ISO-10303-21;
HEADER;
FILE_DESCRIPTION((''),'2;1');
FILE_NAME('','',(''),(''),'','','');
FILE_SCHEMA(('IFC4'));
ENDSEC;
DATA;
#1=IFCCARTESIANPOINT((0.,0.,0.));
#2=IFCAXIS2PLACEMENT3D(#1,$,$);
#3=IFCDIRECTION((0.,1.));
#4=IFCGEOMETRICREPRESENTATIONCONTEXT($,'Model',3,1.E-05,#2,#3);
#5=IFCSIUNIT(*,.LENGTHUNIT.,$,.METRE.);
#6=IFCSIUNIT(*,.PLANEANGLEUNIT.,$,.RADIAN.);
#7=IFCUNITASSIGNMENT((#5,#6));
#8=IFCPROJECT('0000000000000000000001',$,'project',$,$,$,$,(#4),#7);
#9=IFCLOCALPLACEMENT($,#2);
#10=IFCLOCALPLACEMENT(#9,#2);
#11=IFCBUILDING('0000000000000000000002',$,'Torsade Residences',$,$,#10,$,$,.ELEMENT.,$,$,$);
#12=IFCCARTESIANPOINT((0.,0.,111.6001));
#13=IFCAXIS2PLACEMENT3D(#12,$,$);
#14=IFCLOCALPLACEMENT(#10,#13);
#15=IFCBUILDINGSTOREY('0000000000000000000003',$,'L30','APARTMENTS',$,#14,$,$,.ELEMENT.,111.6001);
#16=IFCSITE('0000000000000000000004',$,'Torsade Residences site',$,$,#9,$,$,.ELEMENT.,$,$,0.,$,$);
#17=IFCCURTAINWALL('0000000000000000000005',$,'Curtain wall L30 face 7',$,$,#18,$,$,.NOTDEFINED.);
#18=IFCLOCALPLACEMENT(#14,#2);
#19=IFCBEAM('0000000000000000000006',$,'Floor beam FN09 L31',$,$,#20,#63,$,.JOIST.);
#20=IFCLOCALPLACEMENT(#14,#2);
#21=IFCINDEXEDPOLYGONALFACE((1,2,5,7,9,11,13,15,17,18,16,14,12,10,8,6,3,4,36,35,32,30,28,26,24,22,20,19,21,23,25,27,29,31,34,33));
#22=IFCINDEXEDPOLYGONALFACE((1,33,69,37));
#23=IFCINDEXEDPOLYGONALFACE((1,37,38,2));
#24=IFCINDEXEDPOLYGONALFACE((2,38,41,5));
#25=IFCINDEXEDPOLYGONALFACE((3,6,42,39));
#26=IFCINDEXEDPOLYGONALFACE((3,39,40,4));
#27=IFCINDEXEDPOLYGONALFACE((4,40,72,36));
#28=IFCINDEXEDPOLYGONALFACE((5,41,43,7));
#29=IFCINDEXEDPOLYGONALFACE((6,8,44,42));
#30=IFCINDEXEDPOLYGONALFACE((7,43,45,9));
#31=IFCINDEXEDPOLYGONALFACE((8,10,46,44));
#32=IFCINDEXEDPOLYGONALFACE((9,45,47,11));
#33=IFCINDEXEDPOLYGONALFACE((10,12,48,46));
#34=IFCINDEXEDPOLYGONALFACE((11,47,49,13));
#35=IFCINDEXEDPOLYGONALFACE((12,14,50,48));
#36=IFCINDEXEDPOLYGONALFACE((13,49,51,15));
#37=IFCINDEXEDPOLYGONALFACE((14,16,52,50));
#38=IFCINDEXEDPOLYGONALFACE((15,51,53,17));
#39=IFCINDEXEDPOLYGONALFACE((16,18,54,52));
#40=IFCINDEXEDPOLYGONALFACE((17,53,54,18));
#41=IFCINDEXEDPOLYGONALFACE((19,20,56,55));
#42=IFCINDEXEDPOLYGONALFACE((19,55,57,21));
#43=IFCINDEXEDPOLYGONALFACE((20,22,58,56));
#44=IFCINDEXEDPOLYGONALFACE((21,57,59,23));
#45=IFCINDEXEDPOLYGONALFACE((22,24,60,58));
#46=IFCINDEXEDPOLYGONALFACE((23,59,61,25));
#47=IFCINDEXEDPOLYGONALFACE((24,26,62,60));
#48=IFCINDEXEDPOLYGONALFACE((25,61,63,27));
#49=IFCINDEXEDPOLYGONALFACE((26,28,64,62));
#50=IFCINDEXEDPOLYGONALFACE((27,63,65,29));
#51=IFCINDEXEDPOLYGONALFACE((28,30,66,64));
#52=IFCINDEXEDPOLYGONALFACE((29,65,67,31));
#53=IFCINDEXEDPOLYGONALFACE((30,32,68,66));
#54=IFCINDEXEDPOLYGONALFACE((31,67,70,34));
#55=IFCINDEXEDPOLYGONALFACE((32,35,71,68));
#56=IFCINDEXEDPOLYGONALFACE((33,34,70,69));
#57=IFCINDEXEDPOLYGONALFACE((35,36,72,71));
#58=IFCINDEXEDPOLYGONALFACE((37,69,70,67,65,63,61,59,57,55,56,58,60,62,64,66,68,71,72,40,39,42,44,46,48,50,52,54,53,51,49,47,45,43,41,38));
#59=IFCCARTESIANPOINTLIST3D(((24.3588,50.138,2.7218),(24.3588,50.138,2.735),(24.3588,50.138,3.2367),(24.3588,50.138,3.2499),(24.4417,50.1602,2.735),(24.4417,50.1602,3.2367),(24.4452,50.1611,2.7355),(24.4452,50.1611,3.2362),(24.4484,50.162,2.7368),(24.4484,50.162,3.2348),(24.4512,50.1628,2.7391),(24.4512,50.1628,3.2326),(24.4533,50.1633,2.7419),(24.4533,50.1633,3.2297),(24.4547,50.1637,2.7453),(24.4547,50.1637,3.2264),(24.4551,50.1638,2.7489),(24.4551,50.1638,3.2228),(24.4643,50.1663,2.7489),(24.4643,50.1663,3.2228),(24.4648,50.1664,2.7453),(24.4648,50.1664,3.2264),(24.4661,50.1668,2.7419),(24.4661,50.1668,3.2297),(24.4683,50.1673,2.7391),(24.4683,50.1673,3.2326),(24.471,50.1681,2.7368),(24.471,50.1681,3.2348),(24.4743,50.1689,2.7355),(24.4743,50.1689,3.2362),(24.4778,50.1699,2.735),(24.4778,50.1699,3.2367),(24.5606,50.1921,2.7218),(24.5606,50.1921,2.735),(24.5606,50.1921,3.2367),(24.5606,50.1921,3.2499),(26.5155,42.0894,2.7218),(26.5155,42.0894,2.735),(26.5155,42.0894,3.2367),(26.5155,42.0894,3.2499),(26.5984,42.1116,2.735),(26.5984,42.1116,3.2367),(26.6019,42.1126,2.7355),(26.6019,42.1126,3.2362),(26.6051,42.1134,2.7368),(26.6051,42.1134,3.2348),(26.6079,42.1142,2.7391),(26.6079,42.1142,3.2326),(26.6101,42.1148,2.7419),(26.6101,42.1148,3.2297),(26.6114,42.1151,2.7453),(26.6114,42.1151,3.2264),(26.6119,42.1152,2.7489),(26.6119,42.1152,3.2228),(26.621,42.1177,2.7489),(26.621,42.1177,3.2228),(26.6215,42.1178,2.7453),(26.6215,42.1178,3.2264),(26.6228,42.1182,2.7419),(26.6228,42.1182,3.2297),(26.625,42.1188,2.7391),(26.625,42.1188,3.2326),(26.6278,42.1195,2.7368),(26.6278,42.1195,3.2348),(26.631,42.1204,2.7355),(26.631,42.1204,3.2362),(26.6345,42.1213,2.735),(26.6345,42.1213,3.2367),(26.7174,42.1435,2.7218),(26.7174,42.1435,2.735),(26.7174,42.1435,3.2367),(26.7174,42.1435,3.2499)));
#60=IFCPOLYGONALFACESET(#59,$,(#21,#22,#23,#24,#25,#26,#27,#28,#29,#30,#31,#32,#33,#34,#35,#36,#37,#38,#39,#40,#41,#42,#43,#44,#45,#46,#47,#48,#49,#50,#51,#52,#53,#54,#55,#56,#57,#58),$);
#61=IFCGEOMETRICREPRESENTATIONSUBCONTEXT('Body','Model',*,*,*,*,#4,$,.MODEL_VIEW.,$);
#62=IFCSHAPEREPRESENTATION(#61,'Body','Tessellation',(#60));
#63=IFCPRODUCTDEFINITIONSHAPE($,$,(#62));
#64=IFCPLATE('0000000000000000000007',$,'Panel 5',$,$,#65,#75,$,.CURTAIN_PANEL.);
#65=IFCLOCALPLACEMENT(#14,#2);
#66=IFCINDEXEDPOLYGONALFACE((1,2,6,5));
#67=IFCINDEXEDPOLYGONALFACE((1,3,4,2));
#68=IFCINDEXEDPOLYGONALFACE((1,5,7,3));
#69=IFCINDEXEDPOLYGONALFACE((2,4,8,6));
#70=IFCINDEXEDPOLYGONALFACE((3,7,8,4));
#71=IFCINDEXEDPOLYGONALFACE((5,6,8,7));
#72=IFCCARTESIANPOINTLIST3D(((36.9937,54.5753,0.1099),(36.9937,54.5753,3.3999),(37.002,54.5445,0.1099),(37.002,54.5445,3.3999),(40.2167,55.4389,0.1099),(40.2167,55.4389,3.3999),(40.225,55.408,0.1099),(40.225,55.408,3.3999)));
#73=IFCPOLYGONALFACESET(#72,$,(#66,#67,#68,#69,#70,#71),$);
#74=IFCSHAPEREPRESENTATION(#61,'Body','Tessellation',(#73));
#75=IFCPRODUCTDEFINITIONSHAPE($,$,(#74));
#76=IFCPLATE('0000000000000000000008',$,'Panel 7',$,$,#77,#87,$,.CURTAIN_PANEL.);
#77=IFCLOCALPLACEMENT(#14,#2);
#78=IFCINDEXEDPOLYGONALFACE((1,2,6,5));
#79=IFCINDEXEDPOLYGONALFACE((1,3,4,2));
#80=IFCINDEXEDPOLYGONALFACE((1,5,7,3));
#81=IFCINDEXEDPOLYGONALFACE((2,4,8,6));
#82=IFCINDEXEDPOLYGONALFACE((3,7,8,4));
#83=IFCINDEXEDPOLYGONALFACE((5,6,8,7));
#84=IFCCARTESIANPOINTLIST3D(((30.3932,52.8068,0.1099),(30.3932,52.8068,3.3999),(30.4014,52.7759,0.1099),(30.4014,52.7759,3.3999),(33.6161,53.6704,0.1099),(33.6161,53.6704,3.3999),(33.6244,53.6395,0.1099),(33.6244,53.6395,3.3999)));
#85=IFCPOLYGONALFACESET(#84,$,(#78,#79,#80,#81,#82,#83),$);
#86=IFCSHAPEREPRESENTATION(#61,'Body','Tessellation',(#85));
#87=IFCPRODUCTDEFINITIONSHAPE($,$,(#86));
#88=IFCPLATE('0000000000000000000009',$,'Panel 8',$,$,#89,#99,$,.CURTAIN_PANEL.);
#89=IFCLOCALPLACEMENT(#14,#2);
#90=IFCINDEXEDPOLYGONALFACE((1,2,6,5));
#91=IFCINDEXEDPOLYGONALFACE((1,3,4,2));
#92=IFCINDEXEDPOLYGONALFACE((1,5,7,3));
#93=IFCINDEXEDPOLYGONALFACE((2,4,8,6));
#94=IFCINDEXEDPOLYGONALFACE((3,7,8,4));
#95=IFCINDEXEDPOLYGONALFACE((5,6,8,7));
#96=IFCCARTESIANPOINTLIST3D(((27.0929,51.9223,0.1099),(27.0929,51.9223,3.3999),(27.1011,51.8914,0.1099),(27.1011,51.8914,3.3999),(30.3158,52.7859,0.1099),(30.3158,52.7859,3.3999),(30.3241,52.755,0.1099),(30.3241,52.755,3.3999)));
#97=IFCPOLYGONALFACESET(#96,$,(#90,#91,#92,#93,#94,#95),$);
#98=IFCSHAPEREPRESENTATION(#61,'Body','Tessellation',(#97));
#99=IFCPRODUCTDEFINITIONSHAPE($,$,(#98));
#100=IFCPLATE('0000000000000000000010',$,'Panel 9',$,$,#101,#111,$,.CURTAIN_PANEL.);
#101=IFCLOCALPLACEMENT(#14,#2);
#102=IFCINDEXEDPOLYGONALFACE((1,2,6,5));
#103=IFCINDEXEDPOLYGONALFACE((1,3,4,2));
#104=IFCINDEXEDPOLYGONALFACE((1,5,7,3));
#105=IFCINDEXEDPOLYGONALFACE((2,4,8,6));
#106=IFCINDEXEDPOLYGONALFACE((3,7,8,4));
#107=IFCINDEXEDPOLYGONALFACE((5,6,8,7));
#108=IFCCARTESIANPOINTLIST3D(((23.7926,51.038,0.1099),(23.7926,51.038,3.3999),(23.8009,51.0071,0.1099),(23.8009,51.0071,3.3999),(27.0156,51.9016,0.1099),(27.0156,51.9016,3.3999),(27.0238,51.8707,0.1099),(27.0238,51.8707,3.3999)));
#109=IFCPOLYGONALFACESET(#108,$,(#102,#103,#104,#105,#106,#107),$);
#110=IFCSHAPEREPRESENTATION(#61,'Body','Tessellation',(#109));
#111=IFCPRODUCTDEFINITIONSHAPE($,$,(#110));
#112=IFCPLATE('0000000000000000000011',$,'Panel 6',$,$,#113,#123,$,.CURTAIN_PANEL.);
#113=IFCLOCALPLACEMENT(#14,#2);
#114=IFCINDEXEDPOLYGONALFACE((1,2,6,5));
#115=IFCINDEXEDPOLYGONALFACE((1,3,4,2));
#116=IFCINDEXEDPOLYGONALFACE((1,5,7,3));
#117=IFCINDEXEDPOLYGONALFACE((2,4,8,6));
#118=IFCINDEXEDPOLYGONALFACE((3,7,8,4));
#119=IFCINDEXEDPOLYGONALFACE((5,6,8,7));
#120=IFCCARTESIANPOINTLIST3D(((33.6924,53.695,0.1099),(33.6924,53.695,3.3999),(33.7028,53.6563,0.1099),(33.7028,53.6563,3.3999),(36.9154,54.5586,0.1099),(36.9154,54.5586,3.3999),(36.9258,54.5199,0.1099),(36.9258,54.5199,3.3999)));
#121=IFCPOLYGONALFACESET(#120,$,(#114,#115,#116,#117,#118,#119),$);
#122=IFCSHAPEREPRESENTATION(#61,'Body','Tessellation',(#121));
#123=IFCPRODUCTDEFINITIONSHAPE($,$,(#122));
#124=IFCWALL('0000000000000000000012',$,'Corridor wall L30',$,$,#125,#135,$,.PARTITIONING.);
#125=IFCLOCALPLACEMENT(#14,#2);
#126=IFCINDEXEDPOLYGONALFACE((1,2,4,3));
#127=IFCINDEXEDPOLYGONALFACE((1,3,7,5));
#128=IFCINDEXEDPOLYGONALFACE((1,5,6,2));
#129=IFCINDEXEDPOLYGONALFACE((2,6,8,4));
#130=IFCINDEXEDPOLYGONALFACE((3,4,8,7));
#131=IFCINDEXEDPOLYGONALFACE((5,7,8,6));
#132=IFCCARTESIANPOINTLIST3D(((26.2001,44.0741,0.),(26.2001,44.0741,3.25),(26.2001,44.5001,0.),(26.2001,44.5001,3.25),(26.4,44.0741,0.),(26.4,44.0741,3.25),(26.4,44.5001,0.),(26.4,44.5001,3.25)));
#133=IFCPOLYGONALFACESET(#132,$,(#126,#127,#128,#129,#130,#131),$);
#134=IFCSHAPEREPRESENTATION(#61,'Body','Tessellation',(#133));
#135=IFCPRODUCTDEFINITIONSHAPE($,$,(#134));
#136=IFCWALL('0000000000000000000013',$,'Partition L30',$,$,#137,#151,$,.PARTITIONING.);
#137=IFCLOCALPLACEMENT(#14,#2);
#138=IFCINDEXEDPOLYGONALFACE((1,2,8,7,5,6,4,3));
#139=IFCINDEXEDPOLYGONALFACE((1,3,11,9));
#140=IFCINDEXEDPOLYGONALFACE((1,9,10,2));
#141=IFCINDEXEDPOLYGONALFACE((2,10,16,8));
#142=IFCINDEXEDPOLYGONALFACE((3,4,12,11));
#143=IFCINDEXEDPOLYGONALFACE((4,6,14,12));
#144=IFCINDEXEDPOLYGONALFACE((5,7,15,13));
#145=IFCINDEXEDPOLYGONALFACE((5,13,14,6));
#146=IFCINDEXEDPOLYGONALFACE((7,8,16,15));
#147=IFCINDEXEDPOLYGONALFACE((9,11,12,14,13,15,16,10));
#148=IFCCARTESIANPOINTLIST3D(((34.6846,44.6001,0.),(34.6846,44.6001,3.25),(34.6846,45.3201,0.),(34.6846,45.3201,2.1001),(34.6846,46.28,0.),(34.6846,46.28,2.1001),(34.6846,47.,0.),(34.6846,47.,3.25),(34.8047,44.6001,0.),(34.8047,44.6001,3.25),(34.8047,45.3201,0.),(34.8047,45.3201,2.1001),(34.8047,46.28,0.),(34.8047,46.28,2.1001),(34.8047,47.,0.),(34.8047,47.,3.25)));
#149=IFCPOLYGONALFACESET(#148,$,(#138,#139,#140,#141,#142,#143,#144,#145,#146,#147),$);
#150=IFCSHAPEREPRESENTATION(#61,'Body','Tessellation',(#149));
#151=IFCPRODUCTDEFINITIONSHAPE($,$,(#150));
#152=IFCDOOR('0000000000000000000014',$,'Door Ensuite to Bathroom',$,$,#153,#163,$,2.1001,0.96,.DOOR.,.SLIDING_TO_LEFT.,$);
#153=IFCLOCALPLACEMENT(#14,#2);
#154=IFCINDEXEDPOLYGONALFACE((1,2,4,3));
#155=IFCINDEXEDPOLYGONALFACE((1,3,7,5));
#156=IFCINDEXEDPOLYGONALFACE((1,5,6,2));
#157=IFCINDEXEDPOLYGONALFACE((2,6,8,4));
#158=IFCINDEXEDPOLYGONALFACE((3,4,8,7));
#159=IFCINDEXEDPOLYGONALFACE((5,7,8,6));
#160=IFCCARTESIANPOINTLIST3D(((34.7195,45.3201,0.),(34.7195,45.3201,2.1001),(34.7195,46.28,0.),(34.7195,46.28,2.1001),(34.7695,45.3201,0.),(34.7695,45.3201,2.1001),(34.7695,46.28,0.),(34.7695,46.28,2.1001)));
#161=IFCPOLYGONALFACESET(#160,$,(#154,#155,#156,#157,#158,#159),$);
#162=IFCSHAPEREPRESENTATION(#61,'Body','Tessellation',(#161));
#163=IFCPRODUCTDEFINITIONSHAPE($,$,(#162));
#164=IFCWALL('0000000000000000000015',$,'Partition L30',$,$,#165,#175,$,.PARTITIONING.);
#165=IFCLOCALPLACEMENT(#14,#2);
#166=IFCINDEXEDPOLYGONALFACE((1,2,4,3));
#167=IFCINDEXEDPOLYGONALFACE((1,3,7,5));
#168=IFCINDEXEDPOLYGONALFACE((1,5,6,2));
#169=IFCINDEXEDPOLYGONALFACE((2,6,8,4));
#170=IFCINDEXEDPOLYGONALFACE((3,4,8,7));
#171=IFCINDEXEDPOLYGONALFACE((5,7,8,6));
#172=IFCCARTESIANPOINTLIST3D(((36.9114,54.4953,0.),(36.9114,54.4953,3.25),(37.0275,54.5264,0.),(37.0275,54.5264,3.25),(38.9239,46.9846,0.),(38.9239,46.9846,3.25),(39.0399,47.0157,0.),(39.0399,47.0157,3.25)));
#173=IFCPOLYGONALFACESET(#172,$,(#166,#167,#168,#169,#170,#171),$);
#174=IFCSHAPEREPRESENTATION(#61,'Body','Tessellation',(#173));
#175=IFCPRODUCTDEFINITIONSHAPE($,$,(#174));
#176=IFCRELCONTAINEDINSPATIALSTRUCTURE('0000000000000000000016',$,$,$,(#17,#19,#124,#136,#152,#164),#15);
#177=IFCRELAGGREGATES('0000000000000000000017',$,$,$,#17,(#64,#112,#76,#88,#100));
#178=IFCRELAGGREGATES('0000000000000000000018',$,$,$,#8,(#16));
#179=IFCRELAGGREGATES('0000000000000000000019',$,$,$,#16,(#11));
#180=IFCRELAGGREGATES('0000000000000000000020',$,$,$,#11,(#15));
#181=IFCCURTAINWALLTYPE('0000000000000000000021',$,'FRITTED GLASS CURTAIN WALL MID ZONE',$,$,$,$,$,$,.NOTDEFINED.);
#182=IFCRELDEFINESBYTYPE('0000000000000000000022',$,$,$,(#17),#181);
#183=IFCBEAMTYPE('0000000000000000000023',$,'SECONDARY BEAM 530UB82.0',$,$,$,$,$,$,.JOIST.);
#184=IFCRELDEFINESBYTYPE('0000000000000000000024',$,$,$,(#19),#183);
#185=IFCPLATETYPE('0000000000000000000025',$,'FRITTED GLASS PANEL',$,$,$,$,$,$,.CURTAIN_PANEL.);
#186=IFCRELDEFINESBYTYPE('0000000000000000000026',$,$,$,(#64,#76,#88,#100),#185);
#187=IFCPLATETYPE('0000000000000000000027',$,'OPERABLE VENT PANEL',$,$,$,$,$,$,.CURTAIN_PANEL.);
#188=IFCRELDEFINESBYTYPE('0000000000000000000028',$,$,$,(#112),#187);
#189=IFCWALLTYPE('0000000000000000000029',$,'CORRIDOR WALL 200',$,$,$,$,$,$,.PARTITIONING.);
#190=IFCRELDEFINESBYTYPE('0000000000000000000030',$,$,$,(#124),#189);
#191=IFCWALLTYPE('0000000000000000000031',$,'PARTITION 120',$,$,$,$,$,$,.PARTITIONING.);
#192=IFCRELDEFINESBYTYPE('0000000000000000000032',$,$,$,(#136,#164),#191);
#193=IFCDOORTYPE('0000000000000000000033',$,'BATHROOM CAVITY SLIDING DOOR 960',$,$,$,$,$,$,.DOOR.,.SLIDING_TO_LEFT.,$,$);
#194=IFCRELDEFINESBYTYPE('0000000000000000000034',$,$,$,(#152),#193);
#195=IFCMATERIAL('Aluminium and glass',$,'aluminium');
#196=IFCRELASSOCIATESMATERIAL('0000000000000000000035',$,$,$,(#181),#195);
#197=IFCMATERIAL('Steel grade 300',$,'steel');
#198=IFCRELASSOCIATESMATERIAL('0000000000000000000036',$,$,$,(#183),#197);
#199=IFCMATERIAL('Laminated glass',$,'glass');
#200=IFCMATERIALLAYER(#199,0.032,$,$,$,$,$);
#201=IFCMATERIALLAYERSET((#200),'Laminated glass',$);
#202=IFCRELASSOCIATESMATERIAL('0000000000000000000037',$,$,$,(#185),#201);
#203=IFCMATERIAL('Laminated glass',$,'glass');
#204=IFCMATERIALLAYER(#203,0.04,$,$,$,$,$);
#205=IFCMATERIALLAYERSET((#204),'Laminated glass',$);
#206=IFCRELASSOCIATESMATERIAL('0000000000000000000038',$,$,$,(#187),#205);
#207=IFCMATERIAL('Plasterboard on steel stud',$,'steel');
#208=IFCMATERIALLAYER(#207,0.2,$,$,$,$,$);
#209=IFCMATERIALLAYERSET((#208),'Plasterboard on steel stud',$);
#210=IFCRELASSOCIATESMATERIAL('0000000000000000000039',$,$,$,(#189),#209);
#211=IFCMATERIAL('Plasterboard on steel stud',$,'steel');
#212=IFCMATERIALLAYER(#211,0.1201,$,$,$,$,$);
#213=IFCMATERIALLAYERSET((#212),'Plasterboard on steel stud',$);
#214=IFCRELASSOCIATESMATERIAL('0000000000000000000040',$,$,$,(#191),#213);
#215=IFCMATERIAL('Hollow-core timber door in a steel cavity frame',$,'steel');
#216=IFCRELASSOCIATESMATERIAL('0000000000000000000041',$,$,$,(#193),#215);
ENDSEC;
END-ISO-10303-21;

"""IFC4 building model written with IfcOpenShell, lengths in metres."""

from ifc_helpers import new_model, si_unit, direction, frame, frame_2d, origin, origin_2d, place, context, subcontext, project, spatial, rectangle, i_section, extrude, material, layer, layer_set, material_profile, profile_set, type_object, element, fill, aggregate, save


model = new_model("IFC4")

# Units and contexts
model_context = context("Model", 3, precision=1e-05, world=origin(), true_north=direction((0.0, 1.0)))
body_context = subcontext(model_context, "Body", "Model", "MODEL_VIEW")
ifc_project = project(units=[si_unit("LENGTHUNIT", "METRE"), si_unit("PLANEANGLEUNIT", "RADIAN")], contexts=[model_context])

# Site, building, storey
site_placement = place(None, origin())
site = spatial("IfcSite", under=ifc_project, at=site_placement, Name="Torsade Residences site", CompositionType="ELEMENT", RefElevation=0.0)
building_placement = place(site_placement, origin())
building = spatial("IfcBuilding", under=site, at=building_placement, Name="Torsade Residences", CompositionType="ELEMENT")
storey_placement = place(building_placement, frame((0.0, 0.0, 111.6001)))
storey = spatial("IfcBuildingStorey", under=building, at=storey_placement, Name="L30", Description="APARTMENTS", CompositionType="ELEMENT", Elevation=111.6001)

# Curtain wall
ifc_material_1 = material(Name="Aluminium and glass", Category="aluminium")
curtain_wall_type = type_object("IfcCurtainWallType", Name="FRITTED GLASS CURTAIN WALL MID ZONE", PredefinedType="NOTDEFINED", material=ifc_material_1)
curtain_wall_placement = place(storey_placement, origin())
curtain_wall = element("IfcCurtainWall", 1, at=curtain_wall_placement, inside=storey, type_object=curtain_wall_type, Name="Curtain wall L30 face 7", PredefinedType="NOTDEFINED")

# Beam
ifc_material_2 = material(Name="Steel grade 300", Category="steel")
ifc_material_profile_1 = material_profile(ifc_material_2, i_section(OverallWidth=0.209, OverallDepth=0.5281, WebThickness=0.0095, FlangeThickness=0.0132, FilletRadius=0.0139, at=origin_2d()), Name="530UB82.0")
ifc_profile_set_1 = profile_set([ifc_material_profile_1], Name="Steel grade 300")
beam_type_1 = type_object("IfcBeamType", Name="SECONDARY BEAM 530UB82.0", PredefinedType="JOIST", material=ifc_profile_set_1)
beam_1_placement = place(storey_placement, frame((24.4597, 50.165, 2.9858), z_axis=(0.258833, -0.965922, 0.0), x_axis=(0.965922, 0.258833, 0.0)))
element("IfcBeam", 2, at=beam_1_placement, inside=storey, type_object=beam_type_1, Name="Floor beam FN09 L31", PredefinedType="JOIST", context=body_context, shape_type="SweptSolid", body=[
    extrude(i_section(OverallWidth=0.209, OverallDepth=0.5281, WebThickness=0.0095, FlangeThickness=0.0132, FilletRadius=0.0139, at=origin_2d()), origin(), (0.0, 0.0, 1.0), 8.3325),
])

# Plates
ifc_material_3 = material(Name="Laminated glass", Category="glass")
ifc_layer_1 = layer(ifc_material_3, 0.032)
ifc_layer_set_1 = layer_set([ifc_layer_1], Name="Laminated glass")
plate_type_1 = type_object("IfcPlateType", Name="FRITTED GLASS PANEL", PredefinedType="CURTAIN_PANEL", material=ifc_layer_set_1)
plate_1_placement = place(storey_placement, frame((38.6094, 54.9917, 0.1099), z_axis=(0.0, 0.0, 1.0), x_axis=(-0.965926, -0.258819, 0.0)))
plate_1 = element("IfcPlate", 3, at=plate_1_placement, type_object=plate_type_1, Name="Panel 5", PredefinedType="CURTAIN_PANEL", context=body_context, shape_type="SweptSolid", body=[
    extrude(rectangle(XDim=3.3367, YDim=0.032, at=origin_2d()), origin(), (0.0, 0.0, 1.0), 3.29),
])
plate_2_placement = place(storey_placement, frame((32.0088, 53.2231, 0.1099), z_axis=(0.0, 0.0, 1.0), x_axis=(-0.965926, -0.258819, 0.0)))
plate_2 = element("IfcPlate", 4, at=plate_2_placement, type_object=plate_type_1, Name="Panel 7", PredefinedType="CURTAIN_PANEL", context=body_context, shape_type="SweptSolid", body=[
    extrude(rectangle(XDim=3.3367, YDim=0.032, at=origin_2d()), origin(), (0.0, 0.0, 1.0), 3.29),
])
plate_3_placement = place(storey_placement, frame((28.7085, 52.3386, 0.1099), z_axis=(0.0, 0.0, 1.0), x_axis=(-0.965926, -0.258819, 0.0)))
plate_3 = element("IfcPlate", 5, at=plate_3_placement, type_object=plate_type_1, Name="Panel 8", PredefinedType="CURTAIN_PANEL", context=body_context, shape_type="SweptSolid", body=[
    extrude(rectangle(XDim=3.3367, YDim=0.032, at=origin_2d()), origin(), (0.0, 0.0, 1.0), 3.29),
])
plate_4_placement = place(storey_placement, frame((25.4082, 51.4543, 0.1099), z_axis=(0.0, 0.0, 1.0), x_axis=(-0.965926, -0.258819, 0.0)))
plate_4 = element("IfcPlate", 6, at=plate_4_placement, type_object=plate_type_1, Name="Panel 9", PredefinedType="CURTAIN_PANEL", context=body_context, shape_type="SweptSolid", body=[
    extrude(rectangle(XDim=3.3367, YDim=0.032, at=origin_2d()), origin(), (0.0, 0.0, 1.0), 3.29),
])
ifc_material_4 = material(Name="Laminated glass", Category="glass")
ifc_layer_2 = layer(ifc_material_4, 0.04)
ifc_layer_set_2 = layer_set([ifc_layer_2], Name="Laminated glass")
plate_type_2 = type_object("IfcPlateType", Name="OPERABLE VENT PANEL", PredefinedType="CURTAIN_PANEL", material=ifc_layer_set_2)
plate_5_placement = place(storey_placement, frame((35.3091, 54.1074, 0.1099), z_axis=(0.0, 0.0, 1.0), x_axis=(-0.965926, -0.258819, 0.0)))
plate_5 = element("IfcPlate", 7, at=plate_5_placement, type_object=plate_type_2, Name="Panel 6", PredefinedType="CURTAIN_PANEL", context=body_context, shape_type="SweptSolid", body=[
    extrude(rectangle(XDim=3.3367, YDim=0.04, at=origin_2d()), origin(), (0.0, 0.0, 1.0), 3.29),
])
aggregate(curtain_wall, [plate_1, plate_5, plate_2, plate_3, plate_4])

# Wall
ifc_material_5 = material(Name="Plasterboard on steel stud", Category="steel")
ifc_layer_3 = layer(ifc_material_5, 0.2)
ifc_layer_set_3 = layer_set([ifc_layer_3], Name="Plasterboard on steel stud")
wall_type_1 = type_object("IfcWallType", Name="CORRIDOR WALL 200", PredefinedType="PARTITIONING", material=ifc_layer_set_3)
wall_1_placement = place(storey_placement, frame((26.3, 44.5, 0.0), z_axis=(0.0, 0.0, 1.0), x_axis=(0.0, -1.0, 0.0)))
element("IfcWall", 8, at=wall_1_placement, inside=storey, type_object=wall_type_1, Name="Corridor wall L30", PredefinedType="PARTITIONING", context=body_context, shape_type="SweptSolid", body=[
    extrude(rectangle(XDim=0.426, YDim=0.2, at=frame_2d((0.2129, 0.0))), origin(), (0.0, 0.0, 1.0), 3.25),
])

# Wall, opening, door
ifc_material_6 = material(Name="Plasterboard on steel stud", Category="steel")
ifc_layer_4 = layer(ifc_material_6, 0.1201)
ifc_layer_set_4 = layer_set([ifc_layer_4], Name="Plasterboard on steel stud")
wall_type_2 = type_object("IfcWallType", Name="PARTITION 120", PredefinedType="PARTITIONING", material=ifc_layer_set_4)
wall_2_placement = place(storey_placement, frame((34.7446, 47.0, 0.0), z_axis=(0.0, 0.0, 1.0), x_axis=(0.0, -1.0, 0.0)))
wall_2 = element("IfcWall", 9, at=wall_2_placement, inside=storey, type_object=wall_type_2, Name="Partition L30", PredefinedType="PARTITIONING", context=body_context, shape_type="SweptSolid", body=[
    extrude(rectangle(XDim=2.3999, YDim=0.1201, at=frame_2d((1.2, 0.0))), origin(), (0.0, 0.0, 1.0), 3.25),
])
opening_1_placement = place(wall_2_placement, frame((0.72, 0.0, 0.0)))
opening_1 = element("IfcOpeningElement", 10, at=opening_1_placement, cuts=wall_2, PredefinedType="OPENING", context=body_context, shape_type="SweptSolid", body=[
    extrude(rectangle(XDim=0.96, YDim=2.1001, at=frame_2d((0.48, 1.05))), frame((0.0, 0.0701, 0.0), z_axis=(0.0, -1.0, 0.0), x_axis=(1.0, 0.0, 0.0)), (0.0, 0.0, 1.0), 0.1401),
])
ifc_material_7 = material(Name="Hollow-core timber door in a steel cavity frame", Category="steel")
door_type_1 = type_object("IfcDoorType", Name="BATHROOM CAVITY SLIDING DOOR 960", OperationType="SLIDING_TO_LEFT", PredefinedType="DOOR", material=ifc_material_7)
door_1_placement = place(opening_1_placement, origin())
door_1 = element("IfcDoor", 11, at=door_1_placement, inside=storey, type_object=door_type_1, Name="Door Ensuite to Bathroom", OperationType="SLIDING_TO_LEFT", OverallHeight=2.1001, OverallWidth=0.96, PredefinedType="DOOR", context=body_context, shape_type="SweptSolid", body=[
    extrude(rectangle(XDim=0.96, YDim=2.1001, at=frame_2d((0.48, 1.05))), frame((0.0, 0.0249, 0.0), z_axis=(0.0, -1.0, 0.0), x_axis=(1.0, 0.0, 0.0)), (0.0, 0.0, 1.0), 0.05),
])
fill(opening_1, door_1)

# Wall
wall_3_placement = place(storey_placement, frame((36.9695, 54.5107, 0.0), z_axis=(0.0, 0.0, 1.0), x_axis=(0.258814, -0.965927, 0.0)))
element("IfcWall", 12, at=wall_3_placement, inside=storey, type_object=wall_type_2, Name="Partition L30", PredefinedType="PARTITIONING", context=body_context, shape_type="SweptSolid", body=[
    extrude(rectangle(XDim=7.7756, YDim=0.1201, at=frame_2d((3.8877, 0.0))), origin(), (0.0, 0.0, 1.0), 3.25),
])

save(model, "model.ifc")
